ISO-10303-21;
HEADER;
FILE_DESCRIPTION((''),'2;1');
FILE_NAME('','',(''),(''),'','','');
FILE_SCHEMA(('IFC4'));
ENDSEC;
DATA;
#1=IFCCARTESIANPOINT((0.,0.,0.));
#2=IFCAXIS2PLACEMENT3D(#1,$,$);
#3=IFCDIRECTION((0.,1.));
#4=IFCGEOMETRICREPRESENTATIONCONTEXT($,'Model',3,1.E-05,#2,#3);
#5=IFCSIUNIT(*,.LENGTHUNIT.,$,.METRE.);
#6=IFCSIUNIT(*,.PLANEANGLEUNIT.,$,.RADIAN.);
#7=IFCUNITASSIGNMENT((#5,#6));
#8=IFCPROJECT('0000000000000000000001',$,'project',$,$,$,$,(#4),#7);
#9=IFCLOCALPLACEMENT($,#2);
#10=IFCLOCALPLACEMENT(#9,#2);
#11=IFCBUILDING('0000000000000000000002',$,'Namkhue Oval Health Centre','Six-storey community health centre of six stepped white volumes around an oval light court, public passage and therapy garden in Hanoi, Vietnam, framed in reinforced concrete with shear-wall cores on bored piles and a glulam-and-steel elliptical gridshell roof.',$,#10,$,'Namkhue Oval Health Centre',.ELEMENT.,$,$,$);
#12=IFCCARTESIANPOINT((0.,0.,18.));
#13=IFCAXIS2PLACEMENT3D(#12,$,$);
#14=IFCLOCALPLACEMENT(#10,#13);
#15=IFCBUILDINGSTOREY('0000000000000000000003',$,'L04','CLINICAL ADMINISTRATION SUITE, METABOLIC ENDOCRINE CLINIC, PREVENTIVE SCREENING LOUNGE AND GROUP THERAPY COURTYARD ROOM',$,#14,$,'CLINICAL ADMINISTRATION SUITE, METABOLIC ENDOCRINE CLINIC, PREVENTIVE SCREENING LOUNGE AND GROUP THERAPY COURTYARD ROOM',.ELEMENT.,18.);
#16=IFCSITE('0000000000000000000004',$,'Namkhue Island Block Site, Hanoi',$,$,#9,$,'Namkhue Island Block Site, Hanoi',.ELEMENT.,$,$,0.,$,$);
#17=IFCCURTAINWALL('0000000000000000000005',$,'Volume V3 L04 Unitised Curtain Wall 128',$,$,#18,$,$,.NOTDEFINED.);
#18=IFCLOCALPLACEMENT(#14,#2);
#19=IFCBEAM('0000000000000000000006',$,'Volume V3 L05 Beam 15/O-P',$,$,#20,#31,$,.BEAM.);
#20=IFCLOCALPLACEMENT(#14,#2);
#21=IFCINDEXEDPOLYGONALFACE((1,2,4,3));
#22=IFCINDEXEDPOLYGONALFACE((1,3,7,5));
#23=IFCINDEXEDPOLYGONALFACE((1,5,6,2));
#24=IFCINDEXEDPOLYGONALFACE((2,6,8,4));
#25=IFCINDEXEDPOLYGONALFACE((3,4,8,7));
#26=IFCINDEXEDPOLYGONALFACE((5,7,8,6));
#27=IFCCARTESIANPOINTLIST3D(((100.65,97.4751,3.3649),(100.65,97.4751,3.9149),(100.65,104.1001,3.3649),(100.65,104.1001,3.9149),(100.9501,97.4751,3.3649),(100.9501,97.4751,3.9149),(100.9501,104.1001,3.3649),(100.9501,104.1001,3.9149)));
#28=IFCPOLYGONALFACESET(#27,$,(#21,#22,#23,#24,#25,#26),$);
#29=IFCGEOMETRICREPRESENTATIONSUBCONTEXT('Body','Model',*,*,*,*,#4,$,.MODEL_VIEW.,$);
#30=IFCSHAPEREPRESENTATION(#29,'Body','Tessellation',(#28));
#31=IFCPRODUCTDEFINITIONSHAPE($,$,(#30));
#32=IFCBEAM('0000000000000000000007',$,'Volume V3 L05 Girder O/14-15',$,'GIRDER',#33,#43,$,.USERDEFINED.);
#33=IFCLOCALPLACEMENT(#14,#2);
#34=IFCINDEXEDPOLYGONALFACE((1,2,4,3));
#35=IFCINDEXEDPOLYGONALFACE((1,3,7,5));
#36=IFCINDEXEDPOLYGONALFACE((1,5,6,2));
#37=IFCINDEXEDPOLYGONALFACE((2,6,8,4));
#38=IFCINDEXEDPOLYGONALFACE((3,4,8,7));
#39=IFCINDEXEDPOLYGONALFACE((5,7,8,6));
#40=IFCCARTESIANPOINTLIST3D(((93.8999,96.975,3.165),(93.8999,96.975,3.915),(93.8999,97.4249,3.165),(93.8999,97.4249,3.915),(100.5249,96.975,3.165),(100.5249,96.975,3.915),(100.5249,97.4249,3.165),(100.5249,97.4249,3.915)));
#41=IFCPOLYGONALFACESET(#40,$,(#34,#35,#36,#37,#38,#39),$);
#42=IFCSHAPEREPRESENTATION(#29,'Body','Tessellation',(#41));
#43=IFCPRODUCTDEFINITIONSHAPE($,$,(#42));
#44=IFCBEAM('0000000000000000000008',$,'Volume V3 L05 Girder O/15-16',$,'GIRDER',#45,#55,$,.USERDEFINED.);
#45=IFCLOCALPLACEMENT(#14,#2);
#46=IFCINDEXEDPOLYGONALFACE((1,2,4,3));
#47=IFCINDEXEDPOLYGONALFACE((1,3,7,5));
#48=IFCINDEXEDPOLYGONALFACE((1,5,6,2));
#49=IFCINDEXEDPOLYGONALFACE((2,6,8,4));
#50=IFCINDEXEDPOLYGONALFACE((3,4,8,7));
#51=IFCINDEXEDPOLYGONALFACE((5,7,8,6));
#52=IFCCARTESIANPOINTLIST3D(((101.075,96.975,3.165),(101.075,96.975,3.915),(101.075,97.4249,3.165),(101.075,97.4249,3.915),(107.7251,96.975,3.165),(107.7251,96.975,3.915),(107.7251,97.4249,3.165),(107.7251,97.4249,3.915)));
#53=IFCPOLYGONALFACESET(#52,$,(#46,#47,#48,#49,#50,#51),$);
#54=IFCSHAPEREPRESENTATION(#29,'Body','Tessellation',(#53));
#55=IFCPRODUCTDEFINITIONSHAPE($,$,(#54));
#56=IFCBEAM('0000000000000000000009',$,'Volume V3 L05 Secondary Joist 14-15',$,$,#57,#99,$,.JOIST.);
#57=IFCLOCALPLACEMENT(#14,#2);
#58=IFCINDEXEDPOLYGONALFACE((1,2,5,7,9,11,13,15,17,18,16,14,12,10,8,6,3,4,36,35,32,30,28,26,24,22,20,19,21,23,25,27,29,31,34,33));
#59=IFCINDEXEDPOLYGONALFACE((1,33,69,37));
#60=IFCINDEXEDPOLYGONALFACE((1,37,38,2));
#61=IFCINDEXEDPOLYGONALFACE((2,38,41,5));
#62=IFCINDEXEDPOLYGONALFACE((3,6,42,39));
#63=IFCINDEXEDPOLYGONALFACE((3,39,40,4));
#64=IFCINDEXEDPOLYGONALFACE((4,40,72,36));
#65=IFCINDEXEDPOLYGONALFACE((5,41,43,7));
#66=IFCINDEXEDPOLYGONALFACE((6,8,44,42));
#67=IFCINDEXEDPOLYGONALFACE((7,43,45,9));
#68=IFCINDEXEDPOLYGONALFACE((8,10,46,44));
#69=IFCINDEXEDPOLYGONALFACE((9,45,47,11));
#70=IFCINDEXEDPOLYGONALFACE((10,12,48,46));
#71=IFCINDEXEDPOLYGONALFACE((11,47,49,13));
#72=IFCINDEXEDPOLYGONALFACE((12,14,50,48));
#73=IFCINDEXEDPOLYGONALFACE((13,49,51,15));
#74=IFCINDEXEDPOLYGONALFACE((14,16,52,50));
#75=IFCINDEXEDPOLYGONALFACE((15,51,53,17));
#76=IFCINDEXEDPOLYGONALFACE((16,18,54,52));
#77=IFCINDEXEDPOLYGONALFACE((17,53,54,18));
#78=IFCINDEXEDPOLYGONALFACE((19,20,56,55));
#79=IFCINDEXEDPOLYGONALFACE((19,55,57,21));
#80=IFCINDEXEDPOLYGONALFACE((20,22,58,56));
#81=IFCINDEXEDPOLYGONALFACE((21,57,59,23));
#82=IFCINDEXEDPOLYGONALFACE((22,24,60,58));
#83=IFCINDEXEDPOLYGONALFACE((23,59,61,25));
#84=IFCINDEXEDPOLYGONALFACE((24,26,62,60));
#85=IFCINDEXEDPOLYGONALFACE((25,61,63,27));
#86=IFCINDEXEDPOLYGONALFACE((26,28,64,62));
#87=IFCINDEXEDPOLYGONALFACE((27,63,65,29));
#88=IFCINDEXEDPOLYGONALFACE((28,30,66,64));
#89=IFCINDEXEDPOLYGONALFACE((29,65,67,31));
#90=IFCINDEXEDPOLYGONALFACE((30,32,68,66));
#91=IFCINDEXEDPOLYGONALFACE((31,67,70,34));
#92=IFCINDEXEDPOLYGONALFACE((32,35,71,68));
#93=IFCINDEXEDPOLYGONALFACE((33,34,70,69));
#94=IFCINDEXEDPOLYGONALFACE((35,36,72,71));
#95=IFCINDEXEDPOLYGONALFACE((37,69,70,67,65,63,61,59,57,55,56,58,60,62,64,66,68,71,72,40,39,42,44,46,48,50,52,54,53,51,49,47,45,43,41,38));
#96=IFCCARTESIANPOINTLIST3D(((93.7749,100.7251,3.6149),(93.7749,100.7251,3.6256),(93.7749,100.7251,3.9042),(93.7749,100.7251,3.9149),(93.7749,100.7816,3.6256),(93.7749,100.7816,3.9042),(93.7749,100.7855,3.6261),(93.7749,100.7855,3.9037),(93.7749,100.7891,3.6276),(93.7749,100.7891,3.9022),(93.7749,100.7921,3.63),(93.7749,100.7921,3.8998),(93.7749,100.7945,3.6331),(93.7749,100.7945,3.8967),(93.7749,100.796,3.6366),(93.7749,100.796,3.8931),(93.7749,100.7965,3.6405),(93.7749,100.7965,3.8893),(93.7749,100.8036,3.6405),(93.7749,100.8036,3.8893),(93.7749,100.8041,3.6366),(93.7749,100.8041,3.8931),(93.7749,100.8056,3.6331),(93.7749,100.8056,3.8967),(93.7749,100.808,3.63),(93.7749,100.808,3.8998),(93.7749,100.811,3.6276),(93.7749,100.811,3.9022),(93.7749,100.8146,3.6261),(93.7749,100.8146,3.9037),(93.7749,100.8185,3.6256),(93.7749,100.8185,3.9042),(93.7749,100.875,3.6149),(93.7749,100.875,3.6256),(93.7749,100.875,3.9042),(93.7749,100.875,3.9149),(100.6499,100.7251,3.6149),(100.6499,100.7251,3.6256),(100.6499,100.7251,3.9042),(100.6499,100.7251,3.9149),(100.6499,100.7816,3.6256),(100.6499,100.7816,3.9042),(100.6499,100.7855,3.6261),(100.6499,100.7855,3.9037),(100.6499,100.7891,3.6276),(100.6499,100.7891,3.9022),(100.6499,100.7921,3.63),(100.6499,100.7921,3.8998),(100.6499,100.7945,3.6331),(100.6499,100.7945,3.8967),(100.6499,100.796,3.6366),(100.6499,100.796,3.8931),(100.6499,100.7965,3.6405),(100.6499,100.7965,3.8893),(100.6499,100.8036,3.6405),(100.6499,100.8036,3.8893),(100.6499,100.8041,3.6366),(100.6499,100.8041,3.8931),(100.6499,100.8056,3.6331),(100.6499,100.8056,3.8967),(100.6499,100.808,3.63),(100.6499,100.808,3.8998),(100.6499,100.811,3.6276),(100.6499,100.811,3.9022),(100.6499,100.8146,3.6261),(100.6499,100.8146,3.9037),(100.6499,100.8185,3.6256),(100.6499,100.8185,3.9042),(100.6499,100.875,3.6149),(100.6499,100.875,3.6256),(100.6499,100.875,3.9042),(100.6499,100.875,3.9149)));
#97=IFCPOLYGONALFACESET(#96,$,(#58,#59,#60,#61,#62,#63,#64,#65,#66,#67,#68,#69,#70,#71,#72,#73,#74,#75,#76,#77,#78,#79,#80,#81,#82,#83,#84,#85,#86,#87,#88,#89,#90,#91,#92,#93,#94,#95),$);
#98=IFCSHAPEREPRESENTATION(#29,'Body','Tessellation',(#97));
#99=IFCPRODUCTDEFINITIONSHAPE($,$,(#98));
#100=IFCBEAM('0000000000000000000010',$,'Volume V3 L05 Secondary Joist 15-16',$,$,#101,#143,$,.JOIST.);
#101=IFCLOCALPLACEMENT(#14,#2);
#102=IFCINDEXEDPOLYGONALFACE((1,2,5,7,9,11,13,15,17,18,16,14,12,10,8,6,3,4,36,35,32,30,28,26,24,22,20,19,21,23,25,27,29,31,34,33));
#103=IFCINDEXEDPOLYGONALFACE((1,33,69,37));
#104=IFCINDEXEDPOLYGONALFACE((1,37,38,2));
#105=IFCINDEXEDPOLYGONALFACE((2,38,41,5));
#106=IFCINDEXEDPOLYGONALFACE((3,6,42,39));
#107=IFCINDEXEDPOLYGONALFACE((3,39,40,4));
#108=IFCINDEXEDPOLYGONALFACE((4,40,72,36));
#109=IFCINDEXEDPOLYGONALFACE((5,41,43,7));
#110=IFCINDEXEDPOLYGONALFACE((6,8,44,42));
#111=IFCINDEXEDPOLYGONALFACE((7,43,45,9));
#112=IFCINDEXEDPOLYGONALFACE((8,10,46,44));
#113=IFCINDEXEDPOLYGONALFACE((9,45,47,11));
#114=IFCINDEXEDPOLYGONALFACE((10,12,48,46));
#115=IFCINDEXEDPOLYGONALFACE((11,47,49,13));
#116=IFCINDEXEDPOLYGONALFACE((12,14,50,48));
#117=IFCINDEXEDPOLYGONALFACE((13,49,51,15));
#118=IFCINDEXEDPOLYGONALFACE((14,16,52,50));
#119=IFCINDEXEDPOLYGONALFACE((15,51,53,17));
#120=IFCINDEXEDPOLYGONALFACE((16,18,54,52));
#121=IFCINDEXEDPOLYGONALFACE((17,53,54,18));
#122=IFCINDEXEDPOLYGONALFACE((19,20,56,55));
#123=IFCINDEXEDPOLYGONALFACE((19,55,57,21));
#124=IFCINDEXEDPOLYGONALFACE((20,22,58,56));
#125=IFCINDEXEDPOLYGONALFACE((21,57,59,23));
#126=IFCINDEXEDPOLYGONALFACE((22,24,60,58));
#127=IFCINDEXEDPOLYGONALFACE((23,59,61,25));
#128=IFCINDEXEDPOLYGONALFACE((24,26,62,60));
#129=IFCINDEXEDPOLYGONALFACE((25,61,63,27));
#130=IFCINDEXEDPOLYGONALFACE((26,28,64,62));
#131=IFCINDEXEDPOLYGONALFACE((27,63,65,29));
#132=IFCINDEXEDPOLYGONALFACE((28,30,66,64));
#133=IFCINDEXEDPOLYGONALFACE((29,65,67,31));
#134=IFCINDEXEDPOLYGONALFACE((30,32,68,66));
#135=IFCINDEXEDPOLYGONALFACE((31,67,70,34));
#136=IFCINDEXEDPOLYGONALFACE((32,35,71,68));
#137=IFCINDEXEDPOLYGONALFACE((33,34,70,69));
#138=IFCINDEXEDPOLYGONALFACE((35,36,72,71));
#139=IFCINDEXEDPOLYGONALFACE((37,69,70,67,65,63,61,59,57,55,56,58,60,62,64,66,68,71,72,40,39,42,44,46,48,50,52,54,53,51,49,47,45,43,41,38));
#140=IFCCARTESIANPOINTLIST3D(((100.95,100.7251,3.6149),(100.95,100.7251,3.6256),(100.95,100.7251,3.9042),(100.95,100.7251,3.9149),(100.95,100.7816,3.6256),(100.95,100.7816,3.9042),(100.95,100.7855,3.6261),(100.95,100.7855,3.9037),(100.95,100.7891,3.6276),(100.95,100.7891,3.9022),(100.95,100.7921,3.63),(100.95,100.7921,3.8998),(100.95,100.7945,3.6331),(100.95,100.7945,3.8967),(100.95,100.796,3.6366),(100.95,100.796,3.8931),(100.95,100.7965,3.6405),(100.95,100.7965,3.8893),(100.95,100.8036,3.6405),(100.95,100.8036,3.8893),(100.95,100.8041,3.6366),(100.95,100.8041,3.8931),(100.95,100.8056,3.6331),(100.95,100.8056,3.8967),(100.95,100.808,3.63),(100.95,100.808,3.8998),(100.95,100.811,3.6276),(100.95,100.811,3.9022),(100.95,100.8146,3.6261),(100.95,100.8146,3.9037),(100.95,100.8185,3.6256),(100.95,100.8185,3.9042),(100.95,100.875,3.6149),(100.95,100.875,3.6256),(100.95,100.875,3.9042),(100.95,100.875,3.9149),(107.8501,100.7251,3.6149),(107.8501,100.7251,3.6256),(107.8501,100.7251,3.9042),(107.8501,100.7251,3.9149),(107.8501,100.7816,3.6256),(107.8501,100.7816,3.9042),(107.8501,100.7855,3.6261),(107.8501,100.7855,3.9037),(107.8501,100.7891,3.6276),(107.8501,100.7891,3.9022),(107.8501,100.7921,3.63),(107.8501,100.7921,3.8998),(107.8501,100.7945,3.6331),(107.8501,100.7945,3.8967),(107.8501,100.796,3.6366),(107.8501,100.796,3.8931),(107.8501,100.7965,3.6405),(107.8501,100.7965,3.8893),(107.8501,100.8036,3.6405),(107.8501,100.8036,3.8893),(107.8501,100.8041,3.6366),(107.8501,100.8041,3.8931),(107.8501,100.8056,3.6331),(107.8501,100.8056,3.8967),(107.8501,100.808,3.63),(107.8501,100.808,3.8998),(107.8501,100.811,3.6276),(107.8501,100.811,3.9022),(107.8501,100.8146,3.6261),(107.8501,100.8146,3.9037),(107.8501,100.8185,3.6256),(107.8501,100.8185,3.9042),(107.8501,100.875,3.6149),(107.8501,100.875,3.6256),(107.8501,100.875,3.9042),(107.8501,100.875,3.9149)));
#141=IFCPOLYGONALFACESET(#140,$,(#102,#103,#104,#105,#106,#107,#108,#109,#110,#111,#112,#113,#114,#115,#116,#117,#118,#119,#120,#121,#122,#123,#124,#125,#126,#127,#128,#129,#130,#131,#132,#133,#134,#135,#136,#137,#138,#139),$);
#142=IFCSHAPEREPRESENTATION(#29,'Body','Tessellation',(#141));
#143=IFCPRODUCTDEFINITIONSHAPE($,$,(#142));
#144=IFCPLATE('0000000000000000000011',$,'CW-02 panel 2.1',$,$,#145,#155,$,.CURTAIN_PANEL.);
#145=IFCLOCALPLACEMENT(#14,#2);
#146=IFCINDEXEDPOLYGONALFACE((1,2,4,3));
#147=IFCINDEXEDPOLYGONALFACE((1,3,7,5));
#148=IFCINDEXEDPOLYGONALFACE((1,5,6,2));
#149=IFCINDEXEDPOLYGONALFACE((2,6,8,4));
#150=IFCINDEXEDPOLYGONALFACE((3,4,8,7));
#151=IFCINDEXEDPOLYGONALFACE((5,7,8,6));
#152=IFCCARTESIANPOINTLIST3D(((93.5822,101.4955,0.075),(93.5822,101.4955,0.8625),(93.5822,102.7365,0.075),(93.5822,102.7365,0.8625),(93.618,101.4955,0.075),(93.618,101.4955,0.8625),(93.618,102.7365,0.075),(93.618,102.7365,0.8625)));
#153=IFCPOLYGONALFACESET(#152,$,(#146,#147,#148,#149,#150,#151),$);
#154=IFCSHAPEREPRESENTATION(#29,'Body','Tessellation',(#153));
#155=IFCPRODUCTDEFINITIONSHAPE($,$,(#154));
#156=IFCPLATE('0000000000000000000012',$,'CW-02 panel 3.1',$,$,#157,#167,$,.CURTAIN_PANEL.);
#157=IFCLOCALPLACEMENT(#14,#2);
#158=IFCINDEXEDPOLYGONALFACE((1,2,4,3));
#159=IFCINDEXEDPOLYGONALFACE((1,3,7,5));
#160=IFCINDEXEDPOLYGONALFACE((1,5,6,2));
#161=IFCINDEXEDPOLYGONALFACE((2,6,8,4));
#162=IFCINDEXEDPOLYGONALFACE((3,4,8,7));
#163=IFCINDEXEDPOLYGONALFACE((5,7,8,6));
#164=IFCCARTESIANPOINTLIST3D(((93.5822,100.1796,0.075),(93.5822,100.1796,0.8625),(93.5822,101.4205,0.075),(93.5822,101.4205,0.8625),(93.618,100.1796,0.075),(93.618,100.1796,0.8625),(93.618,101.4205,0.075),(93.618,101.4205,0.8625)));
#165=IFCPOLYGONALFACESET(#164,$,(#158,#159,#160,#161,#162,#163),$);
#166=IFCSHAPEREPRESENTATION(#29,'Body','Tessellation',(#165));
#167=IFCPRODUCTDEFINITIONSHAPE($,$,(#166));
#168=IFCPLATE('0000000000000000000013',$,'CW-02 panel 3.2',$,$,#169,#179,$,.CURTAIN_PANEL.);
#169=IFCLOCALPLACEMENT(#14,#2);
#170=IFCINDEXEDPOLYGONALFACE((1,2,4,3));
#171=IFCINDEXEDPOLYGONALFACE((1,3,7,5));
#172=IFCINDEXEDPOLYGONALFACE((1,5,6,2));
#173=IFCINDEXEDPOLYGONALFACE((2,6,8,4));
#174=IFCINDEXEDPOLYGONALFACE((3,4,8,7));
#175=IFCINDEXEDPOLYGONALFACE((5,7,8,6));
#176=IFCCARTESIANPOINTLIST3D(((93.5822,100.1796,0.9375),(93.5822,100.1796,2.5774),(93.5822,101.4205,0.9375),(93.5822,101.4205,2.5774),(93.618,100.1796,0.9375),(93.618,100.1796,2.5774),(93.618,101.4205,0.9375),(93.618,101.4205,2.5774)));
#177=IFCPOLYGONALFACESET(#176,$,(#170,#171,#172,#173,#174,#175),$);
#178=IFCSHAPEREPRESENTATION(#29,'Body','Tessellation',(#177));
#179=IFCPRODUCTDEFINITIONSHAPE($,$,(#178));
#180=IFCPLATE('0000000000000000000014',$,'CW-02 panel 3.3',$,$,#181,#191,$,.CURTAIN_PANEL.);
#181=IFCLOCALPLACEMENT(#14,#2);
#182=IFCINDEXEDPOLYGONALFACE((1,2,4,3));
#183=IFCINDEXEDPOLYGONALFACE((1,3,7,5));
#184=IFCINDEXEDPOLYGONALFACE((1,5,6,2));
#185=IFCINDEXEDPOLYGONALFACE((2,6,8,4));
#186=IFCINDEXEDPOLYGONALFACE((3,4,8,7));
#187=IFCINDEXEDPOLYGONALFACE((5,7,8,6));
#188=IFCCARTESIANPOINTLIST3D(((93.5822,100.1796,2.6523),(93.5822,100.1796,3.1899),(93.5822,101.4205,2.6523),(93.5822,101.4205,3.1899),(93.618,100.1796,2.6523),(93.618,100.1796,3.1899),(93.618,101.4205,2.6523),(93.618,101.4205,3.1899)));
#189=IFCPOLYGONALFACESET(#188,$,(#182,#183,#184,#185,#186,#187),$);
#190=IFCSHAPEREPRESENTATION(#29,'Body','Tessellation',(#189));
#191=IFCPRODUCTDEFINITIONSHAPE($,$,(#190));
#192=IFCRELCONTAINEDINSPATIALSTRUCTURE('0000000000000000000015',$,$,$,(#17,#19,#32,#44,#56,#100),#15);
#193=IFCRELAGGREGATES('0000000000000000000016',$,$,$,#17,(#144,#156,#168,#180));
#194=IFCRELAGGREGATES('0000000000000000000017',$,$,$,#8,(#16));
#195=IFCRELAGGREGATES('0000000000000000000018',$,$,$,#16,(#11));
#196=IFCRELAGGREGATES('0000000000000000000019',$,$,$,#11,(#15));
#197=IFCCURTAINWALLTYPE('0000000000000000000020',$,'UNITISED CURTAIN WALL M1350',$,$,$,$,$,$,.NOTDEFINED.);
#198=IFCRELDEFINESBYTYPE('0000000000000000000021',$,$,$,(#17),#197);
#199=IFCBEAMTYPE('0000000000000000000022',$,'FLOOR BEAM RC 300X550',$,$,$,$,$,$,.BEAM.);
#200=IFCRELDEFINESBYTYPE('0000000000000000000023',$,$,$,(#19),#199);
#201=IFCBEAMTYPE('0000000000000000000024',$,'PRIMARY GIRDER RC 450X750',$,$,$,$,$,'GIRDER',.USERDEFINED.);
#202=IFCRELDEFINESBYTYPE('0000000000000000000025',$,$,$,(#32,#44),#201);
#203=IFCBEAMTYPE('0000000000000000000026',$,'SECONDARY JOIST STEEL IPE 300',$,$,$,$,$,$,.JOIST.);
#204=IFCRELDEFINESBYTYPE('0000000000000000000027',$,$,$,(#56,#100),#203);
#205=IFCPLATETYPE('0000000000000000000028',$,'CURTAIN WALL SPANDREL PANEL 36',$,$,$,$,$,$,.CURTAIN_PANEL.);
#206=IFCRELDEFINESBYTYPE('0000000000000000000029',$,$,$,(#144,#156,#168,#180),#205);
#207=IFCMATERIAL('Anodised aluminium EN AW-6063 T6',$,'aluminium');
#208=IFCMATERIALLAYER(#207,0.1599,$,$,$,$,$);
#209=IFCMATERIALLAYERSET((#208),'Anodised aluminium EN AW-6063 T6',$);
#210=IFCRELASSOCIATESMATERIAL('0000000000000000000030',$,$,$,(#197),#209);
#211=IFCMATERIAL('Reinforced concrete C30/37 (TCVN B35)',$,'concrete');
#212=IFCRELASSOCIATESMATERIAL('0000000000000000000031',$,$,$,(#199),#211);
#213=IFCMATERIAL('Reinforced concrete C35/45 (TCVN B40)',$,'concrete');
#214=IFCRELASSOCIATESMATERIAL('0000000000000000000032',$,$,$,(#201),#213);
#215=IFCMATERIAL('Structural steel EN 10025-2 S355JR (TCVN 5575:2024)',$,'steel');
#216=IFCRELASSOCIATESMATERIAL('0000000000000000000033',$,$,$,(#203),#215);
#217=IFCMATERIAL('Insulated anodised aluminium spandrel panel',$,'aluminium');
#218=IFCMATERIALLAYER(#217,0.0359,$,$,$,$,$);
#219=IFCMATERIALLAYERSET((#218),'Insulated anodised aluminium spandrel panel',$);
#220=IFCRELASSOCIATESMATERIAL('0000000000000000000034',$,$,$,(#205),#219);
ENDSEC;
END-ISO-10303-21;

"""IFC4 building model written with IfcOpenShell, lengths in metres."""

from ifc_helpers import new_model, si_unit, direction, frame, origin, origin_2d, place, context, subcontext, project, spatial, rectangle, i_section, extrude, material, layer, layer_set, material_profile, profile_set, type_object, element, aggregate, save


model = new_model("IFC4")

# Units and contexts
model_context = context("Model", 3, precision=1e-05, world=origin(), true_north=direction((0.0, 1.0)))
body_context = subcontext(model_context, "Body", "Model", "MODEL_VIEW")
ifc_project = project(units=[si_unit("LENGTHUNIT", "METRE"), si_unit("PLANEANGLEUNIT", "RADIAN")], contexts=[model_context])

# Site, building, storey
site_placement = place(None, origin())
site = spatial("IfcSite", under=ifc_project, at=site_placement, Name="Namkhue Island Block Site, Hanoi", LongName="Namkhue Island Block Site, Hanoi", CompositionType="ELEMENT", RefElevation=0.0)
building_placement = place(site_placement, origin())
building = spatial("IfcBuilding", under=site, at=building_placement, Name="Namkhue Oval Health Centre", Description="Six-storey community health centre of six stepped white volumes around an oval light court, public passage and therapy garden in Hanoi, Vietnam, framed in reinforced concrete with shear-wall cores on bored piles and a glulam-and-steel elliptical gridshell roof.", LongName="Namkhue Oval Health Centre", CompositionType="ELEMENT")
storey_placement = place(building_placement, frame((0.0, 0.0, 18.0)))
storey = spatial("IfcBuildingStorey", under=building, at=storey_placement, Name="L04", Description="CLINICAL ADMINISTRATION SUITE, METABOLIC ENDOCRINE CLINIC, PREVENTIVE SCREENING LOUNGE AND GROUP THERAPY COURTYARD ROOM", LongName="CLINICAL ADMINISTRATION SUITE, METABOLIC ENDOCRINE CLINIC, PREVENTIVE SCREENING LOUNGE AND GROUP THERAPY COURTYARD ROOM", CompositionType="ELEMENT", Elevation=18.0)

# Shared definitions
ifc_material_1 = material(Name="Reinforced concrete C35/45 (TCVN B40)", Category="concrete")

# Curtain wall
ifc_material_2 = material(Name="Anodised aluminium EN AW-6063 T6", Category="aluminium")
ifc_layer_1 = layer(ifc_material_2, 0.1599)
ifc_layer_set_1 = layer_set([ifc_layer_1], Name="Anodised aluminium EN AW-6063 T6")
curtain_wall_type = type_object("IfcCurtainWallType", Name="UNITISED CURTAIN WALL M1350", PredefinedType="NOTDEFINED", material=ifc_layer_set_1)
curtain_wall_placement = place(storey_placement, origin())
curtain_wall = element("IfcCurtainWall", 1, at=curtain_wall_placement, inside=storey, type_object=curtain_wall_type, Name="Volume V3 L04 Unitised Curtain Wall 128", PredefinedType="NOTDEFINED")

# Beams
ifc_material_3 = material(Name="Reinforced concrete C30/37 (TCVN B35)", Category="concrete")
ifc_material_profile_1 = material_profile(ifc_material_3, rectangle(XDim=0.3, YDim=0.55, at=origin_2d()), Name="RC 300x550")
ifc_profile_set_1 = profile_set([ifc_material_profile_1], Name="Reinforced concrete C30/37 (TCVN B35)")
beam_type_1 = type_object("IfcBeamType", Name="FLOOR BEAM RC 300X550", PredefinedType="BEAM", material=ifc_profile_set_1)
beam_1_placement = place(storey_placement, frame((100.8, 97.4751, 3.6399), z_axis=(0.0, 1.0, 0.0), x_axis=(-1.0, 0.0, 0.0)))
element("IfcBeam", 2, at=beam_1_placement, inside=storey, type_object=beam_type_1, Name="Volume V3 L05 Beam 15/O-P", PredefinedType="BEAM", context=body_context, shape_type="SweptSolid", body=[
    extrude(rectangle(XDim=0.3, YDim=0.55, at=origin_2d()), origin(), (0.0, 0.0, 1.0), 6.625),
])
ifc_material_profile_2 = material_profile(ifc_material_1, rectangle(XDim=0.45, YDim=0.75, at=origin_2d()), Name="RC 450x750")
ifc_profile_set_2 = profile_set([ifc_material_profile_2], Name="Reinforced concrete C35/45 (TCVN B40)")
beam_type_2 = type_object("IfcBeamType", Name="PRIMARY GIRDER RC 450X750", ElementType="GIRDER", PredefinedType="USERDEFINED", material=ifc_profile_set_2)
beam_2_placement = place(storey_placement, frame((93.8999, 97.2, 3.54), z_axis=(1.0, 0.0, 0.0), x_axis=(0.0, 1.0, 0.0)))
element("IfcBeam", 3, at=beam_2_placement, inside=storey, type_object=beam_type_2, Name="Volume V3 L05 Girder O/14-15", ObjectType="GIRDER", PredefinedType="USERDEFINED", context=body_context, shape_type="SweptSolid", body=[
    extrude(rectangle(XDim=0.45, YDim=0.75, at=origin_2d()), origin(), (0.0, 0.0, 1.0), 6.625),
])
beam_3_placement = place(storey_placement, frame((101.075, 97.2, 3.54), z_axis=(1.0, 0.0, 0.0), x_axis=(0.0, 1.0, 0.0)))
element("IfcBeam", 4, at=beam_3_placement, inside=storey, type_object=beam_type_2, Name="Volume V3 L05 Girder O/15-16", ObjectType="GIRDER", PredefinedType="USERDEFINED", context=body_context, shape_type="SweptSolid", body=[
    extrude(rectangle(XDim=0.45, YDim=0.75, at=origin_2d()), origin(), (0.0, 0.0, 1.0), 6.6501),
])
ifc_material_4 = material(Name="Structural steel EN 10025-2 S355JR (TCVN 5575:2024)", Category="steel")
ifc_material_profile_3 = material_profile(ifc_material_4, i_section(OverallWidth=0.1499, OverallDepth=0.3, WebThickness=0.0071, FlangeThickness=0.0107, FilletRadius=0.0149, at=origin_2d()), Name="IPE 300")
ifc_profile_set_3 = profile_set([ifc_material_profile_3], Name="Structural steel EN 10025-2 S355JR (TCVN 5575:2024)")
beam_type_3 = type_object("IfcBeamType", Name="SECONDARY JOIST STEEL IPE 300", PredefinedType="JOIST", material=ifc_profile_set_3)
beam_4_placement = place(storey_placement, frame((93.7749, 100.8, 3.7649), z_axis=(1.0, 0.0, 0.0), x_axis=(0.0, 1.0, 0.0)))
element("IfcBeam", 5, at=beam_4_placement, inside=storey, type_object=beam_type_3, Name="Volume V3 L05 Secondary Joist 14-15", PredefinedType="JOIST", context=body_context, shape_type="SweptSolid", body=[
    extrude(i_section(OverallWidth=0.1499, OverallDepth=0.3, WebThickness=0.0071, FlangeThickness=0.0107, FilletRadius=0.0149, at=origin_2d()), origin(), (0.0, 0.0, 1.0), 6.875),
])
beam_5_placement = place(storey_placement, frame((100.95, 100.8, 3.7649), z_axis=(1.0, 0.0, 0.0), x_axis=(0.0, 1.0, 0.0)))
element("IfcBeam", 6, at=beam_5_placement, inside=storey, type_object=beam_type_3, Name="Volume V3 L05 Secondary Joist 15-16", PredefinedType="JOIST", context=body_context, shape_type="SweptSolid", body=[
    extrude(i_section(OverallWidth=0.1499, OverallDepth=0.3, WebThickness=0.0071, FlangeThickness=0.0107, FilletRadius=0.0149, at=origin_2d()), origin(), (0.0, 0.0, 1.0), 6.9001),
])

# Plates
ifc_material_5 = material(Name="Insulated anodised aluminium spandrel panel", Category="aluminium")
ifc_layer_2 = layer(ifc_material_5, 0.0359)
ifc_layer_set_2 = layer_set([ifc_layer_2], Name="Insulated anodised aluminium spandrel panel")
plate_type = type_object("IfcPlateType", Name="CURTAIN WALL SPANDREL PANEL 36", PredefinedType="CURTAIN_PANEL", material=ifc_layer_set_2)
plate_1_placement = place(storey_placement, frame((93.6001, 102.116, 0.075), z_axis=(0.0, 0.0, 1.0), x_axis=(0.0, -1.0, 0.0)))
plate_1 = element("IfcPlate", 7, at=plate_1_placement, type_object=plate_type, Name="CW-02 panel 2.1", PredefinedType="CURTAIN_PANEL", context=body_context, shape_type="SweptSolid", body=[
    extrude(rectangle(XDim=1.241, YDim=0.0359, at=origin_2d()), origin(), (0.0, 0.0, 1.0), 0.7876),
])
plate_2_placement = place(storey_placement, frame((93.6001, 100.8, 0.075), z_axis=(0.0, 0.0, 1.0), x_axis=(0.0, -1.0, 0.0)))
plate_2 = element("IfcPlate", 8, at=plate_2_placement, type_object=plate_type, Name="CW-02 panel 3.1", PredefinedType="CURTAIN_PANEL", context=body_context, shape_type="SweptSolid", body=[
    extrude(rectangle(XDim=1.241, YDim=0.0359, at=origin_2d()), origin(), (0.0, 0.0, 1.0), 0.7876),
])
plate_3_placement = place(storey_placement, frame((93.6001, 100.8, 0.9375), z_axis=(0.0, 0.0, 1.0), x_axis=(0.0, -1.0, 0.0)))
plate_3 = element("IfcPlate", 9, at=plate_3_placement, type_object=plate_type, Name="CW-02 panel 3.2", PredefinedType="CURTAIN_PANEL", context=body_context, shape_type="SweptSolid", body=[
    extrude(rectangle(XDim=1.241, YDim=0.0359, at=origin_2d()), origin(), (0.0, 0.0, 1.0), 1.6399),
])
plate_4_placement = place(storey_placement, frame((93.6001, 100.8, 2.6523), z_axis=(0.0, 0.0, 1.0), x_axis=(0.0, -1.0, 0.0)))
plate_4 = element("IfcPlate", 10, at=plate_4_placement, type_object=plate_type, Name="CW-02 panel 3.3", PredefinedType="CURTAIN_PANEL", context=body_context, shape_type="SweptSolid", body=[
    extrude(rectangle(XDim=1.241, YDim=0.0359, at=origin_2d()), origin(), (0.0, 0.0, 1.0), 0.5376),
])
aggregate(curtain_wall, [plate_1, plate_2, plate_3, plate_4])

save(model, "model.ifc")
